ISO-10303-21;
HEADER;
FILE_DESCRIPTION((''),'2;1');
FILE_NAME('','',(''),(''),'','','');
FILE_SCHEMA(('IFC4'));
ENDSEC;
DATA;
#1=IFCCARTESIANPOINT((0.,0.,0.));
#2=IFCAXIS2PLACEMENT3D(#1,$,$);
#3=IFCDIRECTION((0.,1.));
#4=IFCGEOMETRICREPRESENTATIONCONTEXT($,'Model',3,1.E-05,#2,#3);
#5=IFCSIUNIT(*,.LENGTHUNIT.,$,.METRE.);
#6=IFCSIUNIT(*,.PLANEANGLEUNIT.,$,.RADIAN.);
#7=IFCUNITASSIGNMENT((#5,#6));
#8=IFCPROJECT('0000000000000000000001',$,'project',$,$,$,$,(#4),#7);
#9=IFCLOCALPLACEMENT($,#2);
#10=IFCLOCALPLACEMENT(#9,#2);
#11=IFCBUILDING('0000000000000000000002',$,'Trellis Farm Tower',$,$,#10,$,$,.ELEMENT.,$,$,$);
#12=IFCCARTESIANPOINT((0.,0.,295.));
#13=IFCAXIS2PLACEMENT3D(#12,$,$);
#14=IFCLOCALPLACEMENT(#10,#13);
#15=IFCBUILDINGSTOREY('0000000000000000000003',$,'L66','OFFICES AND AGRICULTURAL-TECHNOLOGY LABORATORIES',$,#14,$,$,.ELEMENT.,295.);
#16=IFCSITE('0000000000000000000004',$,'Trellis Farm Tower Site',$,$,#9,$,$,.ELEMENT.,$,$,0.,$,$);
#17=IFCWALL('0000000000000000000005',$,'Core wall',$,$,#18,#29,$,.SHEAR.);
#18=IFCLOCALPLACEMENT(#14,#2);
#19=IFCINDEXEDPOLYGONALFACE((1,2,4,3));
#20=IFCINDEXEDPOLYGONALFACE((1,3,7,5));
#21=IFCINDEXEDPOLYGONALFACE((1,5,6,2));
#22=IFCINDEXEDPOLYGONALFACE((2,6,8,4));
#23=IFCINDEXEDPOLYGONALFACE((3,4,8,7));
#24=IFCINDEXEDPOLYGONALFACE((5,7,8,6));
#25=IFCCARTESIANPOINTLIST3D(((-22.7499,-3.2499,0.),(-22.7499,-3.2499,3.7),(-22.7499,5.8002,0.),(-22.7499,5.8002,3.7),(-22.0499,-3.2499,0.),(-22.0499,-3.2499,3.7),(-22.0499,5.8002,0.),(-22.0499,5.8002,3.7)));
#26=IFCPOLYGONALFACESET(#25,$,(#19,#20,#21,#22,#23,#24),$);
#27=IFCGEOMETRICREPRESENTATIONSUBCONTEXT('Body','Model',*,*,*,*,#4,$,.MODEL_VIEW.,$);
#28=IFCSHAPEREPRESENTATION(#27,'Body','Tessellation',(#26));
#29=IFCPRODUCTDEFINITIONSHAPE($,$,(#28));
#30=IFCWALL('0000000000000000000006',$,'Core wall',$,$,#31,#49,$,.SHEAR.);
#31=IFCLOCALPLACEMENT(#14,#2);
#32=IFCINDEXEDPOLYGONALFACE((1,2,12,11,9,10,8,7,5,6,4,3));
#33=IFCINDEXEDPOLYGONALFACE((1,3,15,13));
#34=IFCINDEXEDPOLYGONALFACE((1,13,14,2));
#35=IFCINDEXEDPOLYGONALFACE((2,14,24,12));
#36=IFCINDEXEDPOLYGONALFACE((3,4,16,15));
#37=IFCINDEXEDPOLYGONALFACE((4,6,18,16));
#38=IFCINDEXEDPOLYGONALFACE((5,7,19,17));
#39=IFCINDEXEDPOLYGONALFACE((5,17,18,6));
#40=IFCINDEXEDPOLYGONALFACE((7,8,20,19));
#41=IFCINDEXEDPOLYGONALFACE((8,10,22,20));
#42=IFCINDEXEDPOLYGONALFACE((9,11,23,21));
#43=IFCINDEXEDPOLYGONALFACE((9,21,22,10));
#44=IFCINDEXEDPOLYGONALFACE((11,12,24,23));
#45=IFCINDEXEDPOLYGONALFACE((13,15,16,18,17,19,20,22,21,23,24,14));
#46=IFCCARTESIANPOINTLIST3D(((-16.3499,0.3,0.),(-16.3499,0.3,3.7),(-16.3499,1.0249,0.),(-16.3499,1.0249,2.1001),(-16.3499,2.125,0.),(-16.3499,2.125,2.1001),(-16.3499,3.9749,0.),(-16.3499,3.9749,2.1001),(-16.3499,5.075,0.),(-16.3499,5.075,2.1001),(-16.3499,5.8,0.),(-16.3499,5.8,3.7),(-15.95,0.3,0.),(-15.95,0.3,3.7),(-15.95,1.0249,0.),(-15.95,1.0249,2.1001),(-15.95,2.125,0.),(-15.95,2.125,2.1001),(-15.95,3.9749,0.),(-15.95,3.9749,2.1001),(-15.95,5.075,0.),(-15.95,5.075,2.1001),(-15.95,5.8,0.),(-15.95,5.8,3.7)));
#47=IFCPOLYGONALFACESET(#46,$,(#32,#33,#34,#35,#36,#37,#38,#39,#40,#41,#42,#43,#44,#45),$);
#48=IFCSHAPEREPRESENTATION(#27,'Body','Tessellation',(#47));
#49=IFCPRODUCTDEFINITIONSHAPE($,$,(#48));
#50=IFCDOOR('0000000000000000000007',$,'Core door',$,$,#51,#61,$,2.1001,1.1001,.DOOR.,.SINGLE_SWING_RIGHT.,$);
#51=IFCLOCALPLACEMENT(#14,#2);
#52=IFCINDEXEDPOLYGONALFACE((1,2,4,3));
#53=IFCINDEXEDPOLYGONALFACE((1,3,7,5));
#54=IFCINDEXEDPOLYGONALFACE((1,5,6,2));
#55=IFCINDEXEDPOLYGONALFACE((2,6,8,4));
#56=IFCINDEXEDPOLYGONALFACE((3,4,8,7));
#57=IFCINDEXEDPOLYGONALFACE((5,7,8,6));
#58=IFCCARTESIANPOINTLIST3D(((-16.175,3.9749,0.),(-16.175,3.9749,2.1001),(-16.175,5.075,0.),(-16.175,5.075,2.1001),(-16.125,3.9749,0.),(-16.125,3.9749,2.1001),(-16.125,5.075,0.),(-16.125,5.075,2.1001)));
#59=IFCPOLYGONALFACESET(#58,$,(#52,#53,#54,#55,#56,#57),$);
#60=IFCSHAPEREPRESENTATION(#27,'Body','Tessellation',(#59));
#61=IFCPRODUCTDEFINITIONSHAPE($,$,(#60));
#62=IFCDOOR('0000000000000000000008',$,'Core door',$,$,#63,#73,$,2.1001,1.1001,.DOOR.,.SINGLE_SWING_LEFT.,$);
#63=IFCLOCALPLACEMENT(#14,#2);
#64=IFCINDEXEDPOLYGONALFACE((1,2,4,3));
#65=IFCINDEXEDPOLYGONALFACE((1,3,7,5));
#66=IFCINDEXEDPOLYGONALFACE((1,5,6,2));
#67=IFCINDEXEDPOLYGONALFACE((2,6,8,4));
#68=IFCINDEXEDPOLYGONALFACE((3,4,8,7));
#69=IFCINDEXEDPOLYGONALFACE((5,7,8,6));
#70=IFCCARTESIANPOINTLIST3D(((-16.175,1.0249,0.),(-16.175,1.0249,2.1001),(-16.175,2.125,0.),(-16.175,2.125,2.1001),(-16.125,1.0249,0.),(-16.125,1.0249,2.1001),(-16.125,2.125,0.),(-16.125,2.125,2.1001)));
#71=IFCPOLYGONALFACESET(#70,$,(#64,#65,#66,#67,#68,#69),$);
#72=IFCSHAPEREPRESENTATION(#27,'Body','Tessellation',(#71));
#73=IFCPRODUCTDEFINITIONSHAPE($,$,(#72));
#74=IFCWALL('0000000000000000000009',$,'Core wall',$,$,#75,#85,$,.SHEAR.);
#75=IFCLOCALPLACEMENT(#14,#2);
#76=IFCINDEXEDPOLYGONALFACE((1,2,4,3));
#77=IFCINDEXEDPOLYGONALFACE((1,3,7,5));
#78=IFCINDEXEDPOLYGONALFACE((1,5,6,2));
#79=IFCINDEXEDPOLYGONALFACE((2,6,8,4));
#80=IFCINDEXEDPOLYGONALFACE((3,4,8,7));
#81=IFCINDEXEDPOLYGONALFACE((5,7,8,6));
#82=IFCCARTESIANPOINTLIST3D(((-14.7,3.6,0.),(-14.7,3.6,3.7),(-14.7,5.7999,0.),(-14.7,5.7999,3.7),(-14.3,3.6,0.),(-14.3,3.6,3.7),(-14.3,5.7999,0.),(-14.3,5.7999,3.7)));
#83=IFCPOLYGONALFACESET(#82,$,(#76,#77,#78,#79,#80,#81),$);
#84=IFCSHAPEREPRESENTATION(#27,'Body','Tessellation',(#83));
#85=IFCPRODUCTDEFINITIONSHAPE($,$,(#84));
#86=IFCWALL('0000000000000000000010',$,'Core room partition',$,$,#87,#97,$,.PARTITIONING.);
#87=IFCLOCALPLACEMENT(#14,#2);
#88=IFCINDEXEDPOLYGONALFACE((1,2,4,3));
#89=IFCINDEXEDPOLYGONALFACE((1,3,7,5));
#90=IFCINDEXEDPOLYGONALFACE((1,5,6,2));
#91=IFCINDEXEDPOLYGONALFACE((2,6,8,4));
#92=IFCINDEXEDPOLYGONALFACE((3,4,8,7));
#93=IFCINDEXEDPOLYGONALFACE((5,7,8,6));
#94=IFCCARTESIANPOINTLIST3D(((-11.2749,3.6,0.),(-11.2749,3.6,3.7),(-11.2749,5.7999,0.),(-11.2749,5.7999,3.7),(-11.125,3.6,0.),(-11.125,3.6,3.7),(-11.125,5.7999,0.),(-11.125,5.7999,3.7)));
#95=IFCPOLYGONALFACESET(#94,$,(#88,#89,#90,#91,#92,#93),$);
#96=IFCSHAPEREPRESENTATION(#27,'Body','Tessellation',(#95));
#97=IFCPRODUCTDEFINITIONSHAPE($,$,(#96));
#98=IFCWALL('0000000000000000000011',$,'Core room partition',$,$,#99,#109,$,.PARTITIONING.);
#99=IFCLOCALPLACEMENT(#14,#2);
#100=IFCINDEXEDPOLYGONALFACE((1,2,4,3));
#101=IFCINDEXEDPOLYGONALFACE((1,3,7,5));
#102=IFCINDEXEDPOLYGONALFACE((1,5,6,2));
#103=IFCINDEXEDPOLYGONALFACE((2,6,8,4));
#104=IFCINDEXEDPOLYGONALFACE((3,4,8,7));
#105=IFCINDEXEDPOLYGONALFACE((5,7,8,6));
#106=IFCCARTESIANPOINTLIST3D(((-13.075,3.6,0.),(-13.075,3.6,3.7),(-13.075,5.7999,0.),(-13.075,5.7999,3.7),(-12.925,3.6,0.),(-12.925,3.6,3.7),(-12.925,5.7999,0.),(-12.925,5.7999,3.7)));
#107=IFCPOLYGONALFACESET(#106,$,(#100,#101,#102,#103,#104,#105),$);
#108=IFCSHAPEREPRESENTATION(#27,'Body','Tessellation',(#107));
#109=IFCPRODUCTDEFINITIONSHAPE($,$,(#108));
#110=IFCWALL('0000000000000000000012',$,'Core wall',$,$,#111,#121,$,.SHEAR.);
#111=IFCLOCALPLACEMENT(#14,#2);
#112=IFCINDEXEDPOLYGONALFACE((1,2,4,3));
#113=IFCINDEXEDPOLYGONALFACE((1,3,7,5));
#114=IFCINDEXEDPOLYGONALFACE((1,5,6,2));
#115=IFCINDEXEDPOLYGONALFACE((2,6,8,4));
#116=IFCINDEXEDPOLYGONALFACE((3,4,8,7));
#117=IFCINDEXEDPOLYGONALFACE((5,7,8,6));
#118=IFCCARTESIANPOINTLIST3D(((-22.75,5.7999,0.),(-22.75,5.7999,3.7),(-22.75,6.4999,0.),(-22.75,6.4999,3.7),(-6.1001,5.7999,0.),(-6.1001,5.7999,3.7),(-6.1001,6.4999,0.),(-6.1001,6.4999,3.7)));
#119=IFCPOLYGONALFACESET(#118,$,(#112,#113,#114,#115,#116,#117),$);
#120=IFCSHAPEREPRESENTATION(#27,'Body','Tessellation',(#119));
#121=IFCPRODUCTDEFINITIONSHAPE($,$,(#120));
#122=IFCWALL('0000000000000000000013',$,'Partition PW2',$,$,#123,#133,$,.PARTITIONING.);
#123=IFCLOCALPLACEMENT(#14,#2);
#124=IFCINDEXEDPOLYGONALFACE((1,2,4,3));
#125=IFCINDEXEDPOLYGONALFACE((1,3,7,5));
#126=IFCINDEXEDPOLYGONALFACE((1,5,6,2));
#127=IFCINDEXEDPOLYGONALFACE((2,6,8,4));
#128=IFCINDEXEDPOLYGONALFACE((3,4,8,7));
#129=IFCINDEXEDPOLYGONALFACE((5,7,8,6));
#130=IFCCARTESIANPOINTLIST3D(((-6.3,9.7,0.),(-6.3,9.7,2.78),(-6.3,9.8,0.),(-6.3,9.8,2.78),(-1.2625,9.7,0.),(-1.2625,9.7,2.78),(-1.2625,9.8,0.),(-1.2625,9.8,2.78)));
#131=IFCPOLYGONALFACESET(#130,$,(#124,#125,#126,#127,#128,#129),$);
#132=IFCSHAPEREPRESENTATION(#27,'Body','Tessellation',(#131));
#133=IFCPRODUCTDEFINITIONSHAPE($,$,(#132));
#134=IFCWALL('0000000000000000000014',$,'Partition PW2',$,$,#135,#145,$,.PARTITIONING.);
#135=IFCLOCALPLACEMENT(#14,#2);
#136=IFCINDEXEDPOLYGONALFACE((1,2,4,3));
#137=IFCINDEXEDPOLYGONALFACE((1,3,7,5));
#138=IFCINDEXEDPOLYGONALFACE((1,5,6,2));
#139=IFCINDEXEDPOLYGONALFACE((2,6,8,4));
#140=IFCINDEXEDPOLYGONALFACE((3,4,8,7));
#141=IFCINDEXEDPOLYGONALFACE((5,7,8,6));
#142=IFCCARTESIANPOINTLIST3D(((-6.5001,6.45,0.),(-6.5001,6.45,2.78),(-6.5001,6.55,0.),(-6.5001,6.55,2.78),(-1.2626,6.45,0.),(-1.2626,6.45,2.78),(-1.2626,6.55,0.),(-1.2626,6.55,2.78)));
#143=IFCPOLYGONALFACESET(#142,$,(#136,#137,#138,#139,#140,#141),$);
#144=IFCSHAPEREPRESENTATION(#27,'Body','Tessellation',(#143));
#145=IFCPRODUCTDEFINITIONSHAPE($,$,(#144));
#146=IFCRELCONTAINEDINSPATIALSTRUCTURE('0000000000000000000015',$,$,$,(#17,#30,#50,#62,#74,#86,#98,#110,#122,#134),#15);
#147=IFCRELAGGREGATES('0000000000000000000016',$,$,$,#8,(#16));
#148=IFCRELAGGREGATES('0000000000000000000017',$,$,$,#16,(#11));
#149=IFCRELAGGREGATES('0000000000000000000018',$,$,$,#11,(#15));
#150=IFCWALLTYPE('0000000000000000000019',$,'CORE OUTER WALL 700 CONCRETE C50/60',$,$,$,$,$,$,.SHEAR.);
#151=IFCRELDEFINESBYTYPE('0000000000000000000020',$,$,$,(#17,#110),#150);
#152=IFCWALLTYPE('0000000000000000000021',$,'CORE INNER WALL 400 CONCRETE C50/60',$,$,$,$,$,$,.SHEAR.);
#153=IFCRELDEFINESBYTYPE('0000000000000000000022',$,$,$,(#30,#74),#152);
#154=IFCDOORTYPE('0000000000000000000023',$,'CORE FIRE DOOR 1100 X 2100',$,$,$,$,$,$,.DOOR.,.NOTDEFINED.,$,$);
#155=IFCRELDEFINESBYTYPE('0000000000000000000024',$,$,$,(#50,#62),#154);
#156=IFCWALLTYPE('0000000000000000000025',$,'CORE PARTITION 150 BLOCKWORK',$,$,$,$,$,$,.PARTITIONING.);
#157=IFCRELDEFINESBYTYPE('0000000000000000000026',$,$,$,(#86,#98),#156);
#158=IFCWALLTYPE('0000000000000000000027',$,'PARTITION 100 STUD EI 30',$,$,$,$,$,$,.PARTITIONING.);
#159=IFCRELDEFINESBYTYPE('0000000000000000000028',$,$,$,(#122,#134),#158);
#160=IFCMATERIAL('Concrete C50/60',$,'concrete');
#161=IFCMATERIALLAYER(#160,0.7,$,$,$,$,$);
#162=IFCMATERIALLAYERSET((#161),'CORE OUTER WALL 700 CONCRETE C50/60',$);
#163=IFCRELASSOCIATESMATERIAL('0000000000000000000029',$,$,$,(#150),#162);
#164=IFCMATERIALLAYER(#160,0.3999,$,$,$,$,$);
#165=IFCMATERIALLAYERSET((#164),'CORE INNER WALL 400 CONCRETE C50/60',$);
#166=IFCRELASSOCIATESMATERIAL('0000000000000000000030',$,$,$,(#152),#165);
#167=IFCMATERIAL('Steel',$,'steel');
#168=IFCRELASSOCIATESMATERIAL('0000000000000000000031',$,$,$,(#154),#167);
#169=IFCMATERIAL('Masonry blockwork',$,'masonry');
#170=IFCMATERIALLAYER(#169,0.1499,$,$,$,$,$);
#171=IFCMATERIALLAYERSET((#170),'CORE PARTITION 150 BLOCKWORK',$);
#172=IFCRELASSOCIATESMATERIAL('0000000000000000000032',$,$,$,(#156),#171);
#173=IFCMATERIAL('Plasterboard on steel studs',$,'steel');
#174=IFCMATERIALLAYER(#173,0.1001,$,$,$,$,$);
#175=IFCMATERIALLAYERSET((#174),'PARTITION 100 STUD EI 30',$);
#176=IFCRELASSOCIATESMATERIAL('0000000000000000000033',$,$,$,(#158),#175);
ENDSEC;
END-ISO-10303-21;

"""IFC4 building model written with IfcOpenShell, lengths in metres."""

from ifc_helpers import new_model, si_unit, direction, frame, frame_2d, origin, place, context, subcontext, project, spatial, rectangle, extrude, source, transform, mapped, material, layer, layer_set, type_object, element, fill, save


model = new_model("IFC4")

# Units and contexts
model_context = context("Model", 3, precision=1e-05, world=origin(), true_north=direction((0.0, 1.0)))
body_context = subcontext(model_context, "Body", "Model", "MODEL_VIEW")
ifc_project = project(units=[si_unit("LENGTHUNIT", "METRE"), si_unit("PLANEANGLEUNIT", "RADIAN")], contexts=[model_context])

# Site, building, storey
site_placement = place(None, origin())
site = spatial("IfcSite", under=ifc_project, at=site_placement, Name="Trellis Farm Tower Site", CompositionType="ELEMENT", RefElevation=0.0)
building_placement = place(site_placement, origin())
building = spatial("IfcBuilding", under=site, at=building_placement, Name="Trellis Farm Tower", CompositionType="ELEMENT")
storey_placement = place(building_placement, frame((0.0, 0.0, 295.0)))
storey = spatial("IfcBuildingStorey", under=building, at=storey_placement, Name="L66", Description="OFFICES AND AGRICULTURAL-TECHNOLOGY LABORATORIES", CompositionType="ELEMENT", Elevation=295.0)

# Shared definitions
ifc_material_1 = material(Name="Concrete C50/60", Category="concrete")
ifc_layer_1 = layer(ifc_material_1, 0.7)
ifc_layer_set_1 = layer_set([ifc_layer_1], Name="CORE OUTER WALL 700 CONCRETE C50/60")
wall_type_1 = type_object("IfcWallType", Name="CORE OUTER WALL 700 CONCRETE C50/60", PredefinedType="SHEAR", material=ifc_layer_set_1)
shared_shape_1 = source(origin(), body_context, "Body", "SweptSolid", [
    extrude(rectangle(XDim=9.05, YDim=0.7, at=frame_2d((4.5249, 0.0))), origin(), (0.0, 0.0, 1.0), 3.7),
])
ifc_material_2 = material(Name="Steel", Category="steel")

# Wall
wall_1_placement = place(storey_placement, frame((-22.3999, 5.8, 0.0), z_axis=(0.0, 0.0, 1.0), x_axis=(0.0, -1.0, 0.0)))
element("IfcWall", 1, at=wall_1_placement, inside=storey, type_object=wall_type_1, Name="Core wall", PredefinedType="SHEAR", context=body_context, shape_type="MappedRepresentation", body=[
    mapped(shared_shape_1, transform((0.0, 0.0, 0.0))),
])

# Wall, openings, doors
ifc_layer_2 = layer(ifc_material_1, 0.3999)
ifc_layer_set_2 = layer_set([ifc_layer_2], Name="CORE INNER WALL 400 CONCRETE C50/60")
wall_type_2 = type_object("IfcWallType", Name="CORE INNER WALL 400 CONCRETE C50/60", PredefinedType="SHEAR", material=ifc_layer_set_2)
shared_shape_2 = source(origin(), body_context, "Body", "SweptSolid", [
    extrude(rectangle(XDim=5.5, YDim=0.3999, at=frame_2d((2.75, 0.0))), origin(), (0.0, 0.0, 1.0), 3.7),
])
wall_2_placement = place(storey_placement, frame((-16.1499, 5.8, 0.0), z_axis=(0.0, 0.0, 1.0), x_axis=(0.0, -1.0, 0.0)))
wall_2 = element("IfcWall", 2, at=wall_2_placement, inside=storey, type_object=wall_type_2, Name="Core wall", PredefinedType="SHEAR", context=body_context, shape_type="MappedRepresentation", body=[
    mapped(shared_shape_2, transform((0.0, 0.0, 0.0))),
])
shared_shape_3 = source(origin(), body_context, "Body", "SweptSolid", [
    extrude(rectangle(XDim=1.1001, YDim=2.1001, at=frame_2d((0.55, 1.05))), frame((0.0, 0.21, 0.0), z_axis=(0.0, -1.0, 0.0), x_axis=(1.0, 0.0, 0.0)), (0.0, 0.0, 1.0), 0.4199),
])
opening_1_placement = place(wall_2_placement, frame((0.7251, 0.0, 0.0)))
opening_1 = element("IfcOpeningElement", 3, at=opening_1_placement, cuts=wall_2, PredefinedType="OPENING", context=body_context, shape_type="MappedRepresentation", body=[
    mapped(shared_shape_3, transform((0.0, 0.0, 0.0))),
])
opening_2_placement = place(wall_2_placement, frame((3.675, 0.0, 0.0)))
opening_2 = element("IfcOpeningElement", 4, at=opening_2_placement, cuts=wall_2, PredefinedType="OPENING", context=body_context, shape_type="MappedRepresentation", body=[
    mapped(shared_shape_3, transform((0.0, 0.0, 0.0))),
])
door_type_1 = type_object("IfcDoorType", Name="CORE FIRE DOOR 1100 X 2100", OperationType="NOTDEFINED", PredefinedType="DOOR", material=ifc_material_2)
shared_shape_4 = source(origin(), body_context, "Body", "SweptSolid", [
    extrude(rectangle(XDim=1.1001, YDim=2.1001, at=frame_2d((0.55, 1.05))), frame((0.0, 0.0249, 0.0), z_axis=(0.0, -1.0, 0.0), x_axis=(1.0, 0.0, 0.0)), (0.0, 0.0, 1.0), 0.05),
])
door_1_placement = place(opening_1_placement, origin())
door_1 = element("IfcDoor", 5, at=door_1_placement, inside=storey, type_object=door_type_1, Name="Core door", OperationType="SINGLE_SWING_RIGHT", OverallHeight=2.1001, OverallWidth=1.1001, PredefinedType="DOOR", context=body_context, shape_type="MappedRepresentation", body=[
    mapped(shared_shape_4, transform((0.0, 0.0, 0.0))),
])
fill(opening_1, door_1)
door_2_placement = place(opening_2_placement, origin())
door_2 = element("IfcDoor", 6, at=door_2_placement, inside=storey, type_object=door_type_1, Name="Core door", OperationType="SINGLE_SWING_LEFT", OverallHeight=2.1001, OverallWidth=1.1001, PredefinedType="DOOR", context=body_context, shape_type="MappedRepresentation", body=[
    mapped(shared_shape_4, transform((0.0, 0.0, 0.0))),
])
fill(opening_2, door_2)

# Walls
shared_shape_5 = source(origin(), body_context, "Body", "SweptSolid", [
    extrude(rectangle(XDim=2.2, YDim=0.3999, at=frame_2d((1.1001, 0.0))), origin(), (0.0, 0.0, 1.0), 3.7),
])
wall_3_placement = place(storey_placement, frame((-14.5, 5.8, 0.0), z_axis=(0.0, 0.0, 1.0), x_axis=(0.0, -1.0, 0.0)))
element("IfcWall", 7, at=wall_3_placement, inside=storey, type_object=wall_type_2, Name="Core wall", PredefinedType="SHEAR", context=body_context, shape_type="MappedRepresentation", body=[
    mapped(shared_shape_5, transform((0.0, 0.0, 0.0))),
])
ifc_material_3 = material(Name="Masonry blockwork", Category="masonry")
ifc_layer_3 = layer(ifc_material_3, 0.1499)
ifc_layer_set_3 = layer_set([ifc_layer_3], Name="CORE PARTITION 150 BLOCKWORK")
wall_type_3 = type_object("IfcWallType", Name="CORE PARTITION 150 BLOCKWORK", PredefinedType="PARTITIONING", material=ifc_layer_set_3)
shared_shape_6 = source(origin(), body_context, "Body", "SweptSolid", [
    extrude(rectangle(XDim=2.2, YDim=0.1499, at=frame_2d((1.1001, 0.0))), origin(), (0.0, 0.0, 1.0), 3.7),
])
for number, where, z_axis, x_axis, name in (
    (8, (-11.2, 5.8, 0.0), (0.0, 0.0, 1.0), (0.0, -1.0, 0.0), "Core room partition"),
    (9, (-13.0, 5.8, 0.0), (0.0, 0.0, 1.0), (0.0, -1.0, 0.0), "Core room partition"),
):
    element("IfcWall", number, at=place(storey_placement, frame(where, z_axis=z_axis, x_axis=x_axis)), inside=storey, type_object=wall_type_3, Name=name, PredefinedType="PARTITIONING", context=body_context, shape_type="MappedRepresentation", body=[
        mapped(shared_shape_6, transform((0.0, 0.0, 0.0))),
    ])
shared_shape_7 = source(origin(), body_context, "Body", "SweptSolid", [
    extrude(rectangle(XDim=16.6499, YDim=0.7, at=frame_2d((8.325, 0.0))), origin(), (0.0, 0.0, 1.0), 3.7),
])
wall_4_placement = place(storey_placement, frame((-6.1001, 6.1499, 0.0), z_axis=(0.0, 0.0, 1.0), x_axis=(-1.0, 0.0, 0.0)))
element("IfcWall", 10, at=wall_4_placement, inside=storey, type_object=wall_type_1, Name="Core wall", PredefinedType="SHEAR", context=body_context, shape_type="MappedRepresentation", body=[
    mapped(shared_shape_7, transform((0.0, 0.0, 0.0))),
])
ifc_material_4 = material(Name="Plasterboard on steel studs", Category="steel")
ifc_layer_4 = layer(ifc_material_4, 0.1001)
ifc_layer_set_4 = layer_set([ifc_layer_4], Name="PARTITION 100 STUD EI 30")
wall_type_4 = type_object("IfcWallType", Name="PARTITION 100 STUD EI 30", PredefinedType="PARTITIONING", material=ifc_layer_set_4)
shared_shape_8 = source(origin(), body_context, "Body", "SweptSolid", [
    extrude(rectangle(XDim=5.0376, YDim=0.1001, at=frame_2d((2.5188, 0.0))), origin(), (0.0, 0.0, 1.0), 2.78),
])
wall_5_placement = place(storey_placement, frame((-6.3, 9.75, 0.0), z_axis=(0.0, 0.0, 1.0), x_axis=(1.0, 0.0, 0.0)))
element("IfcWall", 11, at=wall_5_placement, inside=storey, type_object=wall_type_4, Name="Partition PW2", PredefinedType="PARTITIONING", context=body_context, shape_type="MappedRepresentation", body=[
    mapped(shared_shape_8, transform((0.0, 0.0, 0.0))),
])
shared_shape_9 = source(origin(), body_context, "Body", "SweptSolid", [
    extrude(rectangle(XDim=5.2375, YDim=0.1001, at=frame_2d((2.6187, 0.0))), origin(), (0.0, 0.0, 1.0), 2.78),
])
wall_6_placement = place(storey_placement, frame((-6.5, 6.5, 0.0), z_axis=(0.0, 0.0, 1.0), x_axis=(1.0, 0.0, 0.0)))
element("IfcWall", 12, at=wall_6_placement, inside=storey, type_object=wall_type_4, Name="Partition PW2", PredefinedType="PARTITIONING", context=body_context, shape_type="MappedRepresentation", body=[
    mapped(shared_shape_9, transform((0.0, 0.0, 0.0))),
])

save(model, "model.ifc")
